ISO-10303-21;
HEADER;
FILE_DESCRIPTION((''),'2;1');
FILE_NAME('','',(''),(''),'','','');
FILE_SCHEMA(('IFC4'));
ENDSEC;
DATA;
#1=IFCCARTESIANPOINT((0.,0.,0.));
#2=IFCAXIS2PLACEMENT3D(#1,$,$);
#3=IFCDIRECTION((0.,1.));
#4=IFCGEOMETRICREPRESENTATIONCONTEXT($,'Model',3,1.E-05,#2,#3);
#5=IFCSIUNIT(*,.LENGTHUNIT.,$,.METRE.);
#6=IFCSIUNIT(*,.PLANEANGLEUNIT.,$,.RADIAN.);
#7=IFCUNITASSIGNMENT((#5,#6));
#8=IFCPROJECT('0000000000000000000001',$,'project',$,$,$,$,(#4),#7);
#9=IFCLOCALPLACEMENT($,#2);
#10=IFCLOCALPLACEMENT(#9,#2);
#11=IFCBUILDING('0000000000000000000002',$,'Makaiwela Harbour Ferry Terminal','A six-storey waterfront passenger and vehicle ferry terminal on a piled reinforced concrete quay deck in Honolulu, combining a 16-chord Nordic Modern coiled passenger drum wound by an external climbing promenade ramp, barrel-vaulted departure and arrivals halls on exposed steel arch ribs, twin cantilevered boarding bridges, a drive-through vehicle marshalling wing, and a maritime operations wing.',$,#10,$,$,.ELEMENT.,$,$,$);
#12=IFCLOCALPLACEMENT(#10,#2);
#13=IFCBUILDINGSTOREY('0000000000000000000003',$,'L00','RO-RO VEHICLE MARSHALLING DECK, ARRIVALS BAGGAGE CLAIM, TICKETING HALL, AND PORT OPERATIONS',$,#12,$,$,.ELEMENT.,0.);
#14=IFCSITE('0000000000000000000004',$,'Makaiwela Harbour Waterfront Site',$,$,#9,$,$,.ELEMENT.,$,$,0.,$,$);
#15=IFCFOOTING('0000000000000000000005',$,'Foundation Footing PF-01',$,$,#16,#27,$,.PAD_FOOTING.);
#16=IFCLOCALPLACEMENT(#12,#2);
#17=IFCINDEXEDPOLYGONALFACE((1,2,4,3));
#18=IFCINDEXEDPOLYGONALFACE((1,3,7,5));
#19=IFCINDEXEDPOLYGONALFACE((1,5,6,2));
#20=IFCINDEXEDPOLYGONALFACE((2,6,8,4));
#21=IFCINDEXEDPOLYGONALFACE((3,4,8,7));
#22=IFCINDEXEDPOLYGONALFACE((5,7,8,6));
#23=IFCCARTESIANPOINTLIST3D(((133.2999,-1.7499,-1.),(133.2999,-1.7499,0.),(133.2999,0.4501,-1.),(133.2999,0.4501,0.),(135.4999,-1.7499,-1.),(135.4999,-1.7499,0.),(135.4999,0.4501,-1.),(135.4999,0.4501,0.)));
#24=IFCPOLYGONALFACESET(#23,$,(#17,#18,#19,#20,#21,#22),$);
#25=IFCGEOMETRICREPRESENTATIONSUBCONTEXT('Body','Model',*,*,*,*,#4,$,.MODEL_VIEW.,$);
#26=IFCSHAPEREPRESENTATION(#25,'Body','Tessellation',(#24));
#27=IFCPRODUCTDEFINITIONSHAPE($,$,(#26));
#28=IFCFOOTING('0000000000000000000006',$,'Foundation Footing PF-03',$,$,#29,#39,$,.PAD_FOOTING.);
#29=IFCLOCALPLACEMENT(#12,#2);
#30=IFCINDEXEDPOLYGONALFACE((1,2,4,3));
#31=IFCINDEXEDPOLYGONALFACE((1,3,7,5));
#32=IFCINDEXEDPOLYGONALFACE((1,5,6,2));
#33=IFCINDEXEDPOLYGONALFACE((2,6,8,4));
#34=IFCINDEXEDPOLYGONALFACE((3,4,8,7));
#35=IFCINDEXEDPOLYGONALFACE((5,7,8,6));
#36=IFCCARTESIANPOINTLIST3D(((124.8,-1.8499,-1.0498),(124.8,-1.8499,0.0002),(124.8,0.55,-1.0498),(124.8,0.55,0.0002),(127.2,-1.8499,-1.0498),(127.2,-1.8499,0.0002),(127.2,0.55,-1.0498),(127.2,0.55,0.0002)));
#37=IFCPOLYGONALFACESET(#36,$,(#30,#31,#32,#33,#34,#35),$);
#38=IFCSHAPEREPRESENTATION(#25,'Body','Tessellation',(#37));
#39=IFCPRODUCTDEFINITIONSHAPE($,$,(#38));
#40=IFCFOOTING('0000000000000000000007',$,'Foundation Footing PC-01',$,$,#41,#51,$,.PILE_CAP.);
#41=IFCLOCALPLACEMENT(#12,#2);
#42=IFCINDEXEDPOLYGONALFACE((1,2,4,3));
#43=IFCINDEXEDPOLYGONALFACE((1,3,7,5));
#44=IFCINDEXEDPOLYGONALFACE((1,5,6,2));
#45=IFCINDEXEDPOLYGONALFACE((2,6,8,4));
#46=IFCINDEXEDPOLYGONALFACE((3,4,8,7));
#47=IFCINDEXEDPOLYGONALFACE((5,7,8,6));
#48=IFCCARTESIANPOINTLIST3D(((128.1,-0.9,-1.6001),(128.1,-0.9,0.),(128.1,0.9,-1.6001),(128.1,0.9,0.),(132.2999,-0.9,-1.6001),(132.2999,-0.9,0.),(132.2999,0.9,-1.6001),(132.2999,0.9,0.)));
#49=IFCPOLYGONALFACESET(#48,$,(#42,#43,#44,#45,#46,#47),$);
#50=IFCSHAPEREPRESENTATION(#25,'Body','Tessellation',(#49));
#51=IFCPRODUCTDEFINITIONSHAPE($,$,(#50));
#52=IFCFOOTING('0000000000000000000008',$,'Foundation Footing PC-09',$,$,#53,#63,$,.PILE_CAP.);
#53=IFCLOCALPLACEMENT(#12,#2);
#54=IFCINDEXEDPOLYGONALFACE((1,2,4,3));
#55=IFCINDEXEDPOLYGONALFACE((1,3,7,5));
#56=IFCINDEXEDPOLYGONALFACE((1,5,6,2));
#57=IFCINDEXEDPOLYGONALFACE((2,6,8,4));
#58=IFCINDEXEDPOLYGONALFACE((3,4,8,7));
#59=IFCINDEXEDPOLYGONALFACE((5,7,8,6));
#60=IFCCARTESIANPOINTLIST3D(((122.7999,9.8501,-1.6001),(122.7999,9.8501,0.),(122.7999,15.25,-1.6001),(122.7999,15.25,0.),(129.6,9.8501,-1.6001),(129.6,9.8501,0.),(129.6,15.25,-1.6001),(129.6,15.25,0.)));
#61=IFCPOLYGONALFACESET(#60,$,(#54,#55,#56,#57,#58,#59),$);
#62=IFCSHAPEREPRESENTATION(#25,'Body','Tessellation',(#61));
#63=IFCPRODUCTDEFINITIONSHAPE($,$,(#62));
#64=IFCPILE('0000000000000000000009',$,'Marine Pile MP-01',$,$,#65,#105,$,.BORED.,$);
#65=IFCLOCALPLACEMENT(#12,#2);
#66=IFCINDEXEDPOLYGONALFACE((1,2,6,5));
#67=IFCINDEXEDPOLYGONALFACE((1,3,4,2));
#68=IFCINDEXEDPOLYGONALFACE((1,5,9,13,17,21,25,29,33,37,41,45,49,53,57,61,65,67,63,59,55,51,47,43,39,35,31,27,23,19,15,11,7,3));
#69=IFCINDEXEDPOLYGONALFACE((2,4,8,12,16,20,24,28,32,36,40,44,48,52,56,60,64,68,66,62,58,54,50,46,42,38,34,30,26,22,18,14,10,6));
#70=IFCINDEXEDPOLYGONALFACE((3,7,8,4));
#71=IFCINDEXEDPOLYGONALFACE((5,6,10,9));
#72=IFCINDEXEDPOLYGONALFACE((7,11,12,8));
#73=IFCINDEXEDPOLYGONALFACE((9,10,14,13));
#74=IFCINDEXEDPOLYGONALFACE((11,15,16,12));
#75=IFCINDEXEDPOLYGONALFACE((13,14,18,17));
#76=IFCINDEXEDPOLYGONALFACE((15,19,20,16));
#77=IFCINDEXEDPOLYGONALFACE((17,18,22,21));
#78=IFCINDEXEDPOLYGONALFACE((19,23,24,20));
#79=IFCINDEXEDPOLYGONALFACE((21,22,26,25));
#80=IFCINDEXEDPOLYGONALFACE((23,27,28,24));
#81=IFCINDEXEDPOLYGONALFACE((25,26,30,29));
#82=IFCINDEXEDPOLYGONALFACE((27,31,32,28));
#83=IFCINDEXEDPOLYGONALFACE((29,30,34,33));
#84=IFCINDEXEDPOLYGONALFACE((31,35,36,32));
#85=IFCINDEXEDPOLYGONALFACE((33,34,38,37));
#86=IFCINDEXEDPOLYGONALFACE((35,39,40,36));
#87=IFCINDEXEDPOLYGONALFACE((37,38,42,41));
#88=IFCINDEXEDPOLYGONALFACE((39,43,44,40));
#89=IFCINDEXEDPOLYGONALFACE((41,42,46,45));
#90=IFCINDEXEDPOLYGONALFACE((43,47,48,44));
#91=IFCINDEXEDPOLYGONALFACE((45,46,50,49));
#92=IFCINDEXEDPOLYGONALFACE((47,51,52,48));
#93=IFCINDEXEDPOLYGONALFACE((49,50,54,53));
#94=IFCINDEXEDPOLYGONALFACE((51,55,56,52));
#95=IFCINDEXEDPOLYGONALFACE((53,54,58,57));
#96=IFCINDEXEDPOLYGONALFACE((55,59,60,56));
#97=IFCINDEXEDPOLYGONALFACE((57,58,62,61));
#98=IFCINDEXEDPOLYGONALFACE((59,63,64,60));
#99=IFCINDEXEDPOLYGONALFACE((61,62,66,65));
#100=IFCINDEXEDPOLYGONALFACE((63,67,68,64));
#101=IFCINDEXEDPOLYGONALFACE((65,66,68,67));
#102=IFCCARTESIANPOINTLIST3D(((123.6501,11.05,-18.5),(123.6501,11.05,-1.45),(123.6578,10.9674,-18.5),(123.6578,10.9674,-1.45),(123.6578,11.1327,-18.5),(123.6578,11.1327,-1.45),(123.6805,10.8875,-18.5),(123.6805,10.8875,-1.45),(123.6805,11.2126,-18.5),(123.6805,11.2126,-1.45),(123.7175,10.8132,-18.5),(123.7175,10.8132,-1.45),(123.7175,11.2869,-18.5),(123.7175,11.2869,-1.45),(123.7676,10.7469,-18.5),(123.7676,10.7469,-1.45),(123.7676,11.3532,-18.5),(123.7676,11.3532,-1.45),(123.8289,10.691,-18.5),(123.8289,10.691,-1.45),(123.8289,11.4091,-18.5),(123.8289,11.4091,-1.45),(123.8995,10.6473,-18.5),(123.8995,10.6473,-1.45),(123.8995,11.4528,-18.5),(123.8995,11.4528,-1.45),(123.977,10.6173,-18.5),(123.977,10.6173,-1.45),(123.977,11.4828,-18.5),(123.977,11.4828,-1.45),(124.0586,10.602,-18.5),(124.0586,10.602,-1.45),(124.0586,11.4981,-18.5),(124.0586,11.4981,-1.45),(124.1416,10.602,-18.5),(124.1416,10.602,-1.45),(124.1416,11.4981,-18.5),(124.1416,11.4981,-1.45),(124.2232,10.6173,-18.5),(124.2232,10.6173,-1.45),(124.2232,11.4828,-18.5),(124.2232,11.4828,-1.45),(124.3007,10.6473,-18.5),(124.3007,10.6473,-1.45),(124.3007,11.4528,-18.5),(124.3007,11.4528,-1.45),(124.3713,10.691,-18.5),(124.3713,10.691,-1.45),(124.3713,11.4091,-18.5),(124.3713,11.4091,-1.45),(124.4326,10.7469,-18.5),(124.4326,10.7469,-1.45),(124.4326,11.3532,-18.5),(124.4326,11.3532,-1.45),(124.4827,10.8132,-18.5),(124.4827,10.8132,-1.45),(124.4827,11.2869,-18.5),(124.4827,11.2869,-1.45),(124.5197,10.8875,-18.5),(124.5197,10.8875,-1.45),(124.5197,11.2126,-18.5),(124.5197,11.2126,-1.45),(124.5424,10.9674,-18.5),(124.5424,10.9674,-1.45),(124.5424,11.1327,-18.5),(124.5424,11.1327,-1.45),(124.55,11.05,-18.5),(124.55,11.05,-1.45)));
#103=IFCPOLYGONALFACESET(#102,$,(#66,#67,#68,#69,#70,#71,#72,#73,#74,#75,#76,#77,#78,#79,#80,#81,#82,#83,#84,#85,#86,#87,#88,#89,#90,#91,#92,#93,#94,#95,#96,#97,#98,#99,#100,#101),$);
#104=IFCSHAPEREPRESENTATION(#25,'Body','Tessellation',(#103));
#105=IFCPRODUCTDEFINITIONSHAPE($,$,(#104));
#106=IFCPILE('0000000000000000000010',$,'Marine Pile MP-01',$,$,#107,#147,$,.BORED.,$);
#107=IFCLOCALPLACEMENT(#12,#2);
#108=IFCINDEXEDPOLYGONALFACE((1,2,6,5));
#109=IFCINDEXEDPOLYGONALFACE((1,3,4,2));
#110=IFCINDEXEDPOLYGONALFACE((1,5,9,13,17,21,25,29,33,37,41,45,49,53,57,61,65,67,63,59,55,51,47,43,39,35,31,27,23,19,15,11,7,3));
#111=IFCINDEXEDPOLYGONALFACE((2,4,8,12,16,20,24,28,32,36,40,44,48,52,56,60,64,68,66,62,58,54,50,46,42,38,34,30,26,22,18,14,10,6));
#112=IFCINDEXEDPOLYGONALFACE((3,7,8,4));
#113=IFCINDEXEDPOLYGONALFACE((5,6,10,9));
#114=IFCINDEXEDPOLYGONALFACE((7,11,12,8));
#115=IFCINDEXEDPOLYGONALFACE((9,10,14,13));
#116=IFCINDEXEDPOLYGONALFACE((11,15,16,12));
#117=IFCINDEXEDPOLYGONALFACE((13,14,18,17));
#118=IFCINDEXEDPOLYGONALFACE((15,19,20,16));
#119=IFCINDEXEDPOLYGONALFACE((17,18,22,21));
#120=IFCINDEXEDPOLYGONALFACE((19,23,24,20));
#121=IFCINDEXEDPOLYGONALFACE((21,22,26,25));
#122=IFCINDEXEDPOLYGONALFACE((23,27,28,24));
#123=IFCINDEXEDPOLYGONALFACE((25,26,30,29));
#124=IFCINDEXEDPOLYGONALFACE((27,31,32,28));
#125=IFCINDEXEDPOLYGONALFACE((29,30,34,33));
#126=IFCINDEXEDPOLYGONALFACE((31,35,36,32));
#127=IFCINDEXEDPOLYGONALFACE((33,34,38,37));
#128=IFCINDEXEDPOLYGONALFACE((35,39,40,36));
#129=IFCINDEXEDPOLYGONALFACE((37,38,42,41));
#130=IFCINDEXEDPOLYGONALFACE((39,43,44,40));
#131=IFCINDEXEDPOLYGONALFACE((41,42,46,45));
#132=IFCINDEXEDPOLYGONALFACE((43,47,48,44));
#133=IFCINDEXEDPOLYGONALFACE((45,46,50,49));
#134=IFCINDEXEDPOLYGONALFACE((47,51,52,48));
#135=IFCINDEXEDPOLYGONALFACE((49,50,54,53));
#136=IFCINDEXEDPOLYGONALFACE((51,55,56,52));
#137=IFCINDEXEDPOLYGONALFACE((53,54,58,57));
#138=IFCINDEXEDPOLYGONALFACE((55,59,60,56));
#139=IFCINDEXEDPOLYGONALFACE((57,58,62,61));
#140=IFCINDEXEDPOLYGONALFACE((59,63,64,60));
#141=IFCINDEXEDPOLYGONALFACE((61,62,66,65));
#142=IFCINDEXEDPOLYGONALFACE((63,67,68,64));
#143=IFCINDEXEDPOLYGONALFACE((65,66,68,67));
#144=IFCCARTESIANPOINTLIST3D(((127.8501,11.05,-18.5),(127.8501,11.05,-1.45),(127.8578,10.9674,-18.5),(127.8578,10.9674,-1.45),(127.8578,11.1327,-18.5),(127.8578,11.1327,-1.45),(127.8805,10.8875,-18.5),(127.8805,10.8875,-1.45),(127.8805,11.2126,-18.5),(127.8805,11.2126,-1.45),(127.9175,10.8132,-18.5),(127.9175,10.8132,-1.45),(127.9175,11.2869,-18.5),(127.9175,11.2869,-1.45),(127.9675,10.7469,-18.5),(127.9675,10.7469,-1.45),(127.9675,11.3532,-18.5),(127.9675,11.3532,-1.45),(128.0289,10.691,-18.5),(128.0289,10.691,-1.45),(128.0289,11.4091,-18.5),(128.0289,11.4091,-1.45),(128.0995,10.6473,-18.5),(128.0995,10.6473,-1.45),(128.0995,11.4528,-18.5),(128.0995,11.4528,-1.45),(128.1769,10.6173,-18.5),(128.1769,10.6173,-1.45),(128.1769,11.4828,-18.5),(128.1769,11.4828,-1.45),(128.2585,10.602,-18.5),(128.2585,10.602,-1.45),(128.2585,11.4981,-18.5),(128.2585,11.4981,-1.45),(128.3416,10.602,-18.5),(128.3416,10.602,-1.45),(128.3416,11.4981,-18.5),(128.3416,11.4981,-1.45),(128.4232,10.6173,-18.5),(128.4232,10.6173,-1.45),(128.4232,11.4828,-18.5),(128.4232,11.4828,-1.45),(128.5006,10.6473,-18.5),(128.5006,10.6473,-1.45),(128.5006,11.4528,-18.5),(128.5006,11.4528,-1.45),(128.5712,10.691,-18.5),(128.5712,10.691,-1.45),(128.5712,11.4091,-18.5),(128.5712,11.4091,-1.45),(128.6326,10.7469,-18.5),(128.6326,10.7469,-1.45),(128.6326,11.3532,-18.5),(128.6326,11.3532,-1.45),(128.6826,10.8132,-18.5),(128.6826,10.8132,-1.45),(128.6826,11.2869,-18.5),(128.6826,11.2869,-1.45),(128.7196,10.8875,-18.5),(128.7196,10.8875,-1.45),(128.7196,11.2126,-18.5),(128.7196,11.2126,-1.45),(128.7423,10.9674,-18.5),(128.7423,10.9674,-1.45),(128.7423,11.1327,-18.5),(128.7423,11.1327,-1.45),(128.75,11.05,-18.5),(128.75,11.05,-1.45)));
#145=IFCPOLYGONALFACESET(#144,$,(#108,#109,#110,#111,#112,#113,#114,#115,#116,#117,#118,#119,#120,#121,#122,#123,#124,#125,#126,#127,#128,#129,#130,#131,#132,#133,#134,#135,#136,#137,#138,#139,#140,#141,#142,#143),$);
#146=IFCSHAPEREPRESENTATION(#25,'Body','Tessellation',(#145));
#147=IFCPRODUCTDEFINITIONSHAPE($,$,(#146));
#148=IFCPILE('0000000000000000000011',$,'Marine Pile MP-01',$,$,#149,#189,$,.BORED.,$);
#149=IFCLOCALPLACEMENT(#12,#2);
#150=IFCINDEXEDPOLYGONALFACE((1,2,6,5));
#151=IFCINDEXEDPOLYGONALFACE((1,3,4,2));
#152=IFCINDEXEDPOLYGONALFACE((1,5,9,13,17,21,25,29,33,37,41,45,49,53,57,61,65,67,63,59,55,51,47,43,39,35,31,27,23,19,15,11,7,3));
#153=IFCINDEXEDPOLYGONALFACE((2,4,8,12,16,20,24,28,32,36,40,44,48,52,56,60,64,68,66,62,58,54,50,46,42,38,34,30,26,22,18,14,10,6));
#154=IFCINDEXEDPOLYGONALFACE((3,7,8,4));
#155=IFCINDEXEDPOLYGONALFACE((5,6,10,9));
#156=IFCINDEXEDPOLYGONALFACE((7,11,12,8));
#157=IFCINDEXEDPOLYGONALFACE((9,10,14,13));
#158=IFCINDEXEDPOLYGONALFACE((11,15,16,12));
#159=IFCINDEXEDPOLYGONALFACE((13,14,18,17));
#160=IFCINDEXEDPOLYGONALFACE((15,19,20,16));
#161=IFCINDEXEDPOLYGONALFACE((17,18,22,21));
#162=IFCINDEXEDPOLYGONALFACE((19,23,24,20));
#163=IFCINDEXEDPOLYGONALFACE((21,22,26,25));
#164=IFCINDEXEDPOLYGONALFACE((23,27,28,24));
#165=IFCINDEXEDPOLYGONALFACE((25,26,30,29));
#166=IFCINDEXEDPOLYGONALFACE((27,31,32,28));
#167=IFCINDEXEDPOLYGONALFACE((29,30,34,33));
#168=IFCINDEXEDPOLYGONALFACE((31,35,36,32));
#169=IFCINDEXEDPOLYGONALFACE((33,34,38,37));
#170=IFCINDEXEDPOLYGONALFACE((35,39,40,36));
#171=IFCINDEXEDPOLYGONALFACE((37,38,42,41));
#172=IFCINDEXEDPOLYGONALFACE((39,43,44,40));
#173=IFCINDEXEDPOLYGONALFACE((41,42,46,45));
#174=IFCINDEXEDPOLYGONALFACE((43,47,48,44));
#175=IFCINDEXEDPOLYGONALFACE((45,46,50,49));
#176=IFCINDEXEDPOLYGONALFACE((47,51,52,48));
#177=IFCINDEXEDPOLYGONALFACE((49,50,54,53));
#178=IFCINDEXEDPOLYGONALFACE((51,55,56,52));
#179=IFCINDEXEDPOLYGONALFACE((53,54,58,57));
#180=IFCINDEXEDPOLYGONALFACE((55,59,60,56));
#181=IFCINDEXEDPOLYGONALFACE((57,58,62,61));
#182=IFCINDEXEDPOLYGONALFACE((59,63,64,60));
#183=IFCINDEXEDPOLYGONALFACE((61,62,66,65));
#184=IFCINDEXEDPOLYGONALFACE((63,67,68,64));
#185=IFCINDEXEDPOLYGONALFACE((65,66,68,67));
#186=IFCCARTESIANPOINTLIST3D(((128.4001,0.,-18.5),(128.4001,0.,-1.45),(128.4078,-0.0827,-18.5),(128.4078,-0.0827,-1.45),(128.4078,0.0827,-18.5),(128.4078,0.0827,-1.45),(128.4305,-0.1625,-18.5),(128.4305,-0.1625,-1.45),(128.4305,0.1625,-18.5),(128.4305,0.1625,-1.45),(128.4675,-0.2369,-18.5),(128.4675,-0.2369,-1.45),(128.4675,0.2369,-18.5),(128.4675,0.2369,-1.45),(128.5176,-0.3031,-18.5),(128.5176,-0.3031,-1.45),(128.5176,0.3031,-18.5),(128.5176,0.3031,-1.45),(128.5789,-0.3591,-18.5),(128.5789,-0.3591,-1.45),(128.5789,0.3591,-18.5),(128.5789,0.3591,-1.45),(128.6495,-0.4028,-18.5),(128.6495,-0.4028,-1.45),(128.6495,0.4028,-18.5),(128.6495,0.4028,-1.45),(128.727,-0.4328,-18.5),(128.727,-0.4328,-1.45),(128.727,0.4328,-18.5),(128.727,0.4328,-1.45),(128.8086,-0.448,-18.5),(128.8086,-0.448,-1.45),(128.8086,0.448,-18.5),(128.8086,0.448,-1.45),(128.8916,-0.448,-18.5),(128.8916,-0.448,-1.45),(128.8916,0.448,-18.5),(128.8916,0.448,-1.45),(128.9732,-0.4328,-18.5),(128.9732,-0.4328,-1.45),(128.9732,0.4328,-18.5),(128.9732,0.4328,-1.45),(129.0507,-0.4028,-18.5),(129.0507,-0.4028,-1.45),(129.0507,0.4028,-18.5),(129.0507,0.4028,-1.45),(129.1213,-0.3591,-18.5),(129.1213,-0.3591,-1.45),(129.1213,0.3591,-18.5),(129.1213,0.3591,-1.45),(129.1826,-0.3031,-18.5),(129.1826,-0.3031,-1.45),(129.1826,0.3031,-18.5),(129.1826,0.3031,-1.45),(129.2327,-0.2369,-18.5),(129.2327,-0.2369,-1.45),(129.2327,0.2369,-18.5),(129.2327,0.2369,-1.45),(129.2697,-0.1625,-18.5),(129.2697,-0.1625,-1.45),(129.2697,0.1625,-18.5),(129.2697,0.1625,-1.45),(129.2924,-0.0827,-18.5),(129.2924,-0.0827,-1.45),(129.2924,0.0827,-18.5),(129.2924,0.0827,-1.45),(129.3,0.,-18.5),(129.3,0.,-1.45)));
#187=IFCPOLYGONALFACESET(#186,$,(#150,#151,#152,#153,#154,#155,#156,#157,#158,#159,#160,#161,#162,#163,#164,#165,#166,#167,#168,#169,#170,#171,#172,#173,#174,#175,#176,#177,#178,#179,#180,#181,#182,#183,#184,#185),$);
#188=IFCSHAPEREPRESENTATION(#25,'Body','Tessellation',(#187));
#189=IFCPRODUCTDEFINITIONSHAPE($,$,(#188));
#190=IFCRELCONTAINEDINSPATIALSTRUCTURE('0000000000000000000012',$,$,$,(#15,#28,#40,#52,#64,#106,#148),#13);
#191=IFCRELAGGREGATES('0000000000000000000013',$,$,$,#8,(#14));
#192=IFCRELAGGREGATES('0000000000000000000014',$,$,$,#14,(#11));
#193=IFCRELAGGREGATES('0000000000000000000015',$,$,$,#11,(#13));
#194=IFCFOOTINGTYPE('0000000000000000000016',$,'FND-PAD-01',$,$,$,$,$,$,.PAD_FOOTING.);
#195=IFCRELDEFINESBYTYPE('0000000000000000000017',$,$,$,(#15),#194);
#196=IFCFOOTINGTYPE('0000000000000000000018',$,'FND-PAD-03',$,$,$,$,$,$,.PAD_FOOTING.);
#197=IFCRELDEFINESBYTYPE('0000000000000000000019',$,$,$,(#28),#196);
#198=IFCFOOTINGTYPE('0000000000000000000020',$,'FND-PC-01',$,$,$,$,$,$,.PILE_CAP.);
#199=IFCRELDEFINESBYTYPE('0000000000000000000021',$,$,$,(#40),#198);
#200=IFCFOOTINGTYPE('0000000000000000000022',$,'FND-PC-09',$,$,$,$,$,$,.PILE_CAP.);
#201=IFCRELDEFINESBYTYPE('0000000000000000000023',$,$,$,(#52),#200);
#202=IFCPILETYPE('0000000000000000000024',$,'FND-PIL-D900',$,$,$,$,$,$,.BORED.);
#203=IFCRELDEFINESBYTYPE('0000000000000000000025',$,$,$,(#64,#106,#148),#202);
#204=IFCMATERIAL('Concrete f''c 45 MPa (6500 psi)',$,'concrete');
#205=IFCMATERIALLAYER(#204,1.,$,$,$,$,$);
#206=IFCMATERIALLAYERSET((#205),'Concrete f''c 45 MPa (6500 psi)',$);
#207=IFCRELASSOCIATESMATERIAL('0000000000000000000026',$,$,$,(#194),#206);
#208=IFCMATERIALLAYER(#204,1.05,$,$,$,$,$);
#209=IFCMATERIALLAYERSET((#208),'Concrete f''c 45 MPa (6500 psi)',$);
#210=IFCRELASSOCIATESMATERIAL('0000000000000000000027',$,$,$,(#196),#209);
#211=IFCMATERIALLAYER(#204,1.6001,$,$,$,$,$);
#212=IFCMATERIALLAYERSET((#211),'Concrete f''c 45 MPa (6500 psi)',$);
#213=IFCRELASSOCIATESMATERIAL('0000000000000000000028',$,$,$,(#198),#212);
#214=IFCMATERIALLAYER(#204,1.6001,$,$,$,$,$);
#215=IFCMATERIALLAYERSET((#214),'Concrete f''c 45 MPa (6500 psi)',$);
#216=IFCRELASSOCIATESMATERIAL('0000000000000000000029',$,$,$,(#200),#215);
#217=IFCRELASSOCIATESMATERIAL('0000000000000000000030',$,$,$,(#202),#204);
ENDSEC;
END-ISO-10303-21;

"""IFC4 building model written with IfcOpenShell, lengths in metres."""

from ifc_helpers import new_model, si_unit, direction, frame, origin, origin_2d, place, context, subcontext, project, spatial, rectangle, circle, extrude, material, layer, layer_set, material_profile, profile_set, type_object, element, save


model = new_model("IFC4")

# Units and contexts
model_context = context("Model", 3, precision=1e-05, world=origin(), true_north=direction((0.0, 1.0)))
body_context = subcontext(model_context, "Body", "Model", "MODEL_VIEW")
ifc_project = project(units=[si_unit("LENGTHUNIT", "METRE"), si_unit("PLANEANGLEUNIT", "RADIAN")], contexts=[model_context])

# Site, building, storey
site_placement = place(None, origin())
site = spatial("IfcSite", under=ifc_project, at=site_placement, Name="Makaiwela Harbour Waterfront Site", CompositionType="ELEMENT", RefElevation=0.0)
building_placement = place(site_placement, origin())
building = spatial("IfcBuilding", under=site, at=building_placement, Name="Makaiwela Harbour Ferry Terminal", Description="A six-storey waterfront passenger and vehicle ferry terminal on a piled reinforced concrete quay deck in Honolulu, combining a 16-chord Nordic Modern coiled passenger drum wound by an external climbing promenade ramp, barrel-vaulted departure and arrivals halls on exposed steel arch ribs, twin cantilevered boarding bridges, a drive-through vehicle marshalling wing, and a maritime operations wing.", CompositionType="ELEMENT")
storey_placement = place(building_placement, origin())
storey = spatial("IfcBuildingStorey", under=building, at=storey_placement, Name="L00", Description="RO-RO VEHICLE MARSHALLING DECK, ARRIVALS BAGGAGE CLAIM, TICKETING HALL, AND PORT OPERATIONS", CompositionType="ELEMENT", Elevation=0.0)

# Footings
ifc_material_1 = material(Name="Concrete f'c 45 MPa (6500 psi)", Category="concrete")
ifc_layer_1 = layer(ifc_material_1, 1.0)
ifc_layer_set_1 = layer_set([ifc_layer_1], Name="Concrete f'c 45 MPa (6500 psi)")
footing_type_1 = type_object("IfcFootingType", Name="FND-PAD-01", PredefinedType="PAD_FOOTING", material=ifc_layer_set_1)
footing_1_placement = place(storey_placement, frame((134.3999, -0.6499, -1.0), z_axis=(0.0, 0.0, 1.0), x_axis=(1.0, 0.0, 0.0)))
element("IfcFooting", 1, at=footing_1_placement, inside=storey, type_object=footing_type_1, Name="Foundation Footing PF-01", PredefinedType="PAD_FOOTING", context=body_context, shape_type="SweptSolid", body=[
    extrude(rectangle(XDim=2.2, YDim=2.2, at=origin_2d()), origin(), (0.0, 0.0, 1.0), 1.0),
])
ifc_layer_2 = layer(ifc_material_1, 1.05)
ifc_layer_set_2 = layer_set([ifc_layer_2], Name="Concrete f'c 45 MPa (6500 psi)")
footing_type_2 = type_object("IfcFootingType", Name="FND-PAD-03", PredefinedType="PAD_FOOTING", material=ifc_layer_set_2)
footing_2_placement = place(storey_placement, frame((126.0, -0.6499, -1.0498), z_axis=(0.0, 0.0, 1.0), x_axis=(1.0, 0.0, 0.0)))
element("IfcFooting", 2, at=footing_2_placement, inside=storey, type_object=footing_type_2, Name="Foundation Footing PF-03", PredefinedType="PAD_FOOTING", context=body_context, shape_type="SweptSolid", body=[
    extrude(rectangle(XDim=2.3999, YDim=2.3999, at=origin_2d()), origin(), (0.0, 0.0, 1.0), 1.05),
])
ifc_layer_3 = layer(ifc_material_1, 1.6001)
ifc_layer_set_3 = layer_set([ifc_layer_3], Name="Concrete f'c 45 MPa (6500 psi)")
footing_type_3 = type_object("IfcFootingType", Name="FND-PC-01", PredefinedType="PILE_CAP", material=ifc_layer_set_3)
footing_3_placement = place(storey_placement, frame((130.2, 0.0, -1.6001), z_axis=(0.0, 0.0, 1.0), x_axis=(1.0, 0.0, 0.0)))
element("IfcFooting", 3, at=footing_3_placement, inside=storey, type_object=footing_type_3, Name="Foundation Footing PC-01", PredefinedType="PILE_CAP", context=body_context, shape_type="SweptSolid", body=[
    extrude(rectangle(XDim=4.2, YDim=1.8, at=origin_2d()), origin(), (0.0, 0.0, 1.0), 1.6001),
])
ifc_layer_4 = layer(ifc_material_1, 1.6001)
ifc_layer_set_4 = layer_set([ifc_layer_4], Name="Concrete f'c 45 MPa (6500 psi)")
footing_type_4 = type_object("IfcFootingType", Name="FND-PC-09", PredefinedType="PILE_CAP", material=ifc_layer_set_4)
footing_4_placement = place(storey_placement, frame((126.2, 12.55, -1.6001), z_axis=(0.0, 0.0, 1.0), x_axis=(1.0, 0.0, 0.0)))
element("IfcFooting", 4, at=footing_4_placement, inside=storey, type_object=footing_type_4, Name="Foundation Footing PC-09", PredefinedType="PILE_CAP", context=body_context, shape_type="SweptSolid", body=[
    extrude(rectangle(XDim=6.8, YDim=5.3999, at=origin_2d()), origin(), (0.0, 0.0, 1.0), 1.6001),
])

# Piles
ifc_material_profile_1 = material_profile(ifc_material_1, circle(Radius=0.45, at=origin_2d()), Name="PILE-D900")
ifc_profile_set_1 = profile_set([ifc_material_profile_1], Name="Concrete f'c 45 MPa (6500 psi)")
pile_type = type_object("IfcPileType", Name="FND-PIL-D900", PredefinedType="BORED", material=ifc_profile_set_1)
for number, where, z_axis, x_axis, name in (
    (5, (124.1001, 11.05, -1.45), (0.0, 0.0, -1.0), (1.0, 0.0, 0.0), "Marine Pile MP-01"),
    (6, (128.3, 11.05, -1.45), (0.0, 0.0, -1.0), (1.0, 0.0, 0.0), "Marine Pile MP-01"),
    (7, (128.8501, 0.0, -1.45), (0.0, 0.0, -1.0), (1.0, 0.0, 0.0), "Marine Pile MP-01"),
):
    element("IfcPile", number, at=place(storey_placement, frame(where, z_axis=z_axis, x_axis=x_axis)), inside=storey, type_object=pile_type, Name=name, PredefinedType="BORED", context=body_context, shape_type="SweptSolid", body=[
        extrude(circle(Radius=0.45, at=origin_2d()), origin(), (0.0, 0.0, 1.0), 17.05),
    ])

save(model, "model.ifc")
